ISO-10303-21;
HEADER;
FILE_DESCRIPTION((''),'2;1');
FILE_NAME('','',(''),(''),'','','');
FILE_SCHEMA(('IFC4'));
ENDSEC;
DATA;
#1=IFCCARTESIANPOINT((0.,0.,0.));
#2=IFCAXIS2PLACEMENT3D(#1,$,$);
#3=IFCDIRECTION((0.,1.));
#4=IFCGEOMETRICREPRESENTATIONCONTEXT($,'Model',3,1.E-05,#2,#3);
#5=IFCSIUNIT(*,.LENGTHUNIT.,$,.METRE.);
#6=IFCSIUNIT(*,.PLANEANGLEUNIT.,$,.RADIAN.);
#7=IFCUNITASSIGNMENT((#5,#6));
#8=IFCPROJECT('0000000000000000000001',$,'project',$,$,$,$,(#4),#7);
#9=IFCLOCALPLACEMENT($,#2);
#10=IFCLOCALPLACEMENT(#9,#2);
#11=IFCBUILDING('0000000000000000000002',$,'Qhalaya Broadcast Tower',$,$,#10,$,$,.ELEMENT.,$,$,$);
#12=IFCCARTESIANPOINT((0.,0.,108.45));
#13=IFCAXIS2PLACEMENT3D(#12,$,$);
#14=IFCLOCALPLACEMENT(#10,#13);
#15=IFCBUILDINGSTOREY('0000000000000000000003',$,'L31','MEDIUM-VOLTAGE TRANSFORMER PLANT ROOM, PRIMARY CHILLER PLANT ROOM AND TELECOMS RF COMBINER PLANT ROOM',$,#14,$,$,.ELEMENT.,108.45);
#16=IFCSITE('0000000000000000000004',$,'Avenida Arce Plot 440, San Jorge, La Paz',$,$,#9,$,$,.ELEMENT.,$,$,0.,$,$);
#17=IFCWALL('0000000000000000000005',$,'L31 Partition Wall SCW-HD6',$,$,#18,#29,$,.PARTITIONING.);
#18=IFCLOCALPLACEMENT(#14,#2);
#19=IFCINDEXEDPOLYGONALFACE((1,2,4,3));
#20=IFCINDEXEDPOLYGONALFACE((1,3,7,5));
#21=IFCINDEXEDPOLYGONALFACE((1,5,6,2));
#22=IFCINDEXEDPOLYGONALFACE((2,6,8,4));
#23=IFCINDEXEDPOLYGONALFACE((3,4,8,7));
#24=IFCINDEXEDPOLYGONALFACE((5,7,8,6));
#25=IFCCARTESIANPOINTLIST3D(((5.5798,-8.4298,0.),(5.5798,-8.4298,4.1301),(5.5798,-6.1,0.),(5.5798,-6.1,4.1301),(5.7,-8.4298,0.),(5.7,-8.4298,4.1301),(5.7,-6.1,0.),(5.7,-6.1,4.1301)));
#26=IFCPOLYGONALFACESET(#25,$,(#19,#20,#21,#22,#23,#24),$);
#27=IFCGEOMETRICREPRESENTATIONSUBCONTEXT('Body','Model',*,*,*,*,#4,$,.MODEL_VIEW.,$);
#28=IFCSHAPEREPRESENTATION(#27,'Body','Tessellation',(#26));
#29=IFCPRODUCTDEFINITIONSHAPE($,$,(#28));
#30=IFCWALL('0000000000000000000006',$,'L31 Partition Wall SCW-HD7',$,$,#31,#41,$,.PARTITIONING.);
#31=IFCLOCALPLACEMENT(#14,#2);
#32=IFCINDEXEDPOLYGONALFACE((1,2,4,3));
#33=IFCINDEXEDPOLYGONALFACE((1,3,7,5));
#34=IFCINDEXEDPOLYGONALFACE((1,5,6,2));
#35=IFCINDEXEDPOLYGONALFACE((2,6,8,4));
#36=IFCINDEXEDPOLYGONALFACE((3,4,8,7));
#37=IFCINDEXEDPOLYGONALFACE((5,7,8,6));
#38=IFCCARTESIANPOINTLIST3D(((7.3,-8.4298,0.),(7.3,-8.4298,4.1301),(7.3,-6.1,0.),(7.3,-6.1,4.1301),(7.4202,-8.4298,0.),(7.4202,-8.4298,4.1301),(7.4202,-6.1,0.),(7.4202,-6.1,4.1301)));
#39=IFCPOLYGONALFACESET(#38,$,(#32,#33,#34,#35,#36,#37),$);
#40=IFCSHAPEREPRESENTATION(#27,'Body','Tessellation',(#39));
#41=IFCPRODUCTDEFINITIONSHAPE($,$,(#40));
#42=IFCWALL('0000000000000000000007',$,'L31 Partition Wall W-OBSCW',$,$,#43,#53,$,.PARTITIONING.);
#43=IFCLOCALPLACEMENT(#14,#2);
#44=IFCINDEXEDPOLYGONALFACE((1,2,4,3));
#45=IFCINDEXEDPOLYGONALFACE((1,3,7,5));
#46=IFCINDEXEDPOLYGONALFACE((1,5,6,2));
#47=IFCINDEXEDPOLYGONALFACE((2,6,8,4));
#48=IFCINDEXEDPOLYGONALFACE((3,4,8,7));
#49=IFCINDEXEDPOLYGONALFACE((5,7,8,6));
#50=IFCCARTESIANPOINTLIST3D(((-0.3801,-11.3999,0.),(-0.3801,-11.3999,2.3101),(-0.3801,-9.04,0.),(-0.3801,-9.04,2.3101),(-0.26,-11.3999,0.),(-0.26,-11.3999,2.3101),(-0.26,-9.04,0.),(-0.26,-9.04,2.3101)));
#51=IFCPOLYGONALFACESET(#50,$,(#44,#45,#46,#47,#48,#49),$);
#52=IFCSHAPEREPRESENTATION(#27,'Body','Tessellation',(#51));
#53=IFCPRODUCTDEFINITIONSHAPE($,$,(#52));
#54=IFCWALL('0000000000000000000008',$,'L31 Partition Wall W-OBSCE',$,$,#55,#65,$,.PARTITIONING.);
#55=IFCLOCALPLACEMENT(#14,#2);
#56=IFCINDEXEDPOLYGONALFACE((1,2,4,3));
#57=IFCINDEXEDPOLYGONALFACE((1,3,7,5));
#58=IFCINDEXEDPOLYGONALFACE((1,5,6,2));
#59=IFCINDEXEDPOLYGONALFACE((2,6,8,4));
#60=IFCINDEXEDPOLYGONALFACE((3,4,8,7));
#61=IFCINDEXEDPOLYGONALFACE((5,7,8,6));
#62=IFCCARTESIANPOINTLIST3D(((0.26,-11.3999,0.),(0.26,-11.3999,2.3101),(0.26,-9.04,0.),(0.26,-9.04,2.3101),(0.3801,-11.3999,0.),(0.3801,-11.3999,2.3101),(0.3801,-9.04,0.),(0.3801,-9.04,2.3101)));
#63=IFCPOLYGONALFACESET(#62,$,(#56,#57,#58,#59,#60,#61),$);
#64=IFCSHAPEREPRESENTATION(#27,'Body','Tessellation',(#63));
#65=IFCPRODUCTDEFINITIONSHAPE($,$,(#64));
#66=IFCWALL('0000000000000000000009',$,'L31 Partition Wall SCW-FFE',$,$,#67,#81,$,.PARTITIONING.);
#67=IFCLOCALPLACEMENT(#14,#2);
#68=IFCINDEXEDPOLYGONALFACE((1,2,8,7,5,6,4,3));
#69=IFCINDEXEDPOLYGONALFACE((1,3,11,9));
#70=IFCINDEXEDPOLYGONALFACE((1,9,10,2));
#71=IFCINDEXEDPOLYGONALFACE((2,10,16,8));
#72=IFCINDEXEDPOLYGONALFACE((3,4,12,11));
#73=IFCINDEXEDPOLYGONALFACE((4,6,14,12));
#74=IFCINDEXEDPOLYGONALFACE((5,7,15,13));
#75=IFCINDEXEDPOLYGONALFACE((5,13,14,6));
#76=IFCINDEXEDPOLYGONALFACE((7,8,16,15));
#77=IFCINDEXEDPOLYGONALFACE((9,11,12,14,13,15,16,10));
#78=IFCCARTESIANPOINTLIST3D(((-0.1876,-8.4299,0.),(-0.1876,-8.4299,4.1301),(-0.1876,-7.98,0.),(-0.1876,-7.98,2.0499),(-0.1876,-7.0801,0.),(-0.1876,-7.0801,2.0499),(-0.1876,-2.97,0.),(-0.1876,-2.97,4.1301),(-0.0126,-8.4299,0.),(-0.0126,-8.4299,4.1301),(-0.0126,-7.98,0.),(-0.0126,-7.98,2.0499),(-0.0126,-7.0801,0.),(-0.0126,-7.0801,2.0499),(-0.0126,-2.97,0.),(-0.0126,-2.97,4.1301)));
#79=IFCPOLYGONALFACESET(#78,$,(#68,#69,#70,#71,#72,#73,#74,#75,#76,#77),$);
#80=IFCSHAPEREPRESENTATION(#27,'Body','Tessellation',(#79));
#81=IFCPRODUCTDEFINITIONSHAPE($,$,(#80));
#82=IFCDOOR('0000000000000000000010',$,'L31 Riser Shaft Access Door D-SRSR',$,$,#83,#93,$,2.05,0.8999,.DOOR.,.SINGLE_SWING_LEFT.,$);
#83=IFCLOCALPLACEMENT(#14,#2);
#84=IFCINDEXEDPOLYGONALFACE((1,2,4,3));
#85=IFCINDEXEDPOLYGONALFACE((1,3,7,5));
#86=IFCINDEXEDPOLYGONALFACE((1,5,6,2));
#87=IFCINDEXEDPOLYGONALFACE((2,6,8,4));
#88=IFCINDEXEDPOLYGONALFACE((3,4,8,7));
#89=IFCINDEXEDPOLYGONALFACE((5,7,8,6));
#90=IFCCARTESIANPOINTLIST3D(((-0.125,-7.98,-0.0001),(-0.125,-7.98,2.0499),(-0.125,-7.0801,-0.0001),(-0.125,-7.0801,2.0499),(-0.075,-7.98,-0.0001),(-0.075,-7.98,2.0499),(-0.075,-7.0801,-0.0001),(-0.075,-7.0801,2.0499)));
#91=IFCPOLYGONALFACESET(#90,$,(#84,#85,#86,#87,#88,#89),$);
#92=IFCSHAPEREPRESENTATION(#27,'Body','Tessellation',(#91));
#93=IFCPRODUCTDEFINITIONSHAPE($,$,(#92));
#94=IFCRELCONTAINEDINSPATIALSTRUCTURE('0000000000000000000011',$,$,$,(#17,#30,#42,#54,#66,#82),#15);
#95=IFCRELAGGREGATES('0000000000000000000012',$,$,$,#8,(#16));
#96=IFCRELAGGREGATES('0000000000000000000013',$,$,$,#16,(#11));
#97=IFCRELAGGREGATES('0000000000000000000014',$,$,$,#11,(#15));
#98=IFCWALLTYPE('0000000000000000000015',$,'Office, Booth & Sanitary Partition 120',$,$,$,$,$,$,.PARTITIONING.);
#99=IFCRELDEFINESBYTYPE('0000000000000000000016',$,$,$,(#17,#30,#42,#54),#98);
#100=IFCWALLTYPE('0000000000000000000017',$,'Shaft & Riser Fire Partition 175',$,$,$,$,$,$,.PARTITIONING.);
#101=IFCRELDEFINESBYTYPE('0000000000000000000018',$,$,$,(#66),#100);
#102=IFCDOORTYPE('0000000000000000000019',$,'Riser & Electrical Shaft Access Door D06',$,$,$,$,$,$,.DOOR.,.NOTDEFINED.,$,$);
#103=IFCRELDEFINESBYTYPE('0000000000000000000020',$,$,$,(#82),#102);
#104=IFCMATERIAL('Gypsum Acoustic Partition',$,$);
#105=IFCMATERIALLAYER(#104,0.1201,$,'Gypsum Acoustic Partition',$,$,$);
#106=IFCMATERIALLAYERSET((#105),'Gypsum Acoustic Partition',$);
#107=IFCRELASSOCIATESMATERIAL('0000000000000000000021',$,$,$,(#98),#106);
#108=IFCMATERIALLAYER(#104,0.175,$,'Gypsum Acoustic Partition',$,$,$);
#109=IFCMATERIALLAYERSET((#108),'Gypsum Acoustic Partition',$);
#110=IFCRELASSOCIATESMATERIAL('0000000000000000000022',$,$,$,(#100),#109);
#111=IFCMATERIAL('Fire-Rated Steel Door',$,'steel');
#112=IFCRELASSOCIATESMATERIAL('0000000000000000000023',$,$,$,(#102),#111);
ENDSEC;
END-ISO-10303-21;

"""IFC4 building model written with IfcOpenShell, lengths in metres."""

from ifc_helpers import new_model, si_unit, direction, frame, frame_2d, origin, place, context, subcontext, project, spatial, rectangle, extrude, material, layer, layer_set, type_object, element, fill, save


model = new_model("IFC4")

# Units and contexts
model_context = context("Model", 3, precision=1e-05, world=origin(), true_north=direction((0.0, 1.0)))
body_context = subcontext(model_context, "Body", "Model", "MODEL_VIEW")
ifc_project = project(units=[si_unit("LENGTHUNIT", "METRE"), si_unit("PLANEANGLEUNIT", "RADIAN")], contexts=[model_context])

# Site, building, storey
site_placement = place(None, origin())
site = spatial("IfcSite", under=ifc_project, at=site_placement, Name="Avenida Arce Plot 440, San Jorge, La Paz", CompositionType="ELEMENT", RefElevation=0.0)
building_placement = place(site_placement, origin())
building = spatial("IfcBuilding", under=site, at=building_placement, Name="Qhalaya Broadcast Tower", CompositionType="ELEMENT")
storey_placement = place(building_placement, frame((0.0, 0.0, 108.45)))
storey = spatial("IfcBuildingStorey", under=building, at=storey_placement, Name="L31", Description="MEDIUM-VOLTAGE TRANSFORMER PLANT ROOM, PRIMARY CHILLER PLANT ROOM AND TELECOMS RF COMBINER PLANT ROOM", CompositionType="ELEMENT", Elevation=108.45)

# Walls
ifc_material_1 = material(Name="Gypsum Acoustic Partition")
ifc_layer_1 = layer(ifc_material_1, 0.1201, Name="Gypsum Acoustic Partition")
ifc_layer_set_1 = layer_set([ifc_layer_1], Name="Gypsum Acoustic Partition")
wall_type_1 = type_object("IfcWallType", Name="Office, Booth & Sanitary Partition 120", PredefinedType="PARTITIONING", material=ifc_layer_set_1)
for number, where, z_axis, x_axis, name in (
    (1, (5.6399, -8.4299, 0.0), (0.0, 0.0, 1.0), (0.0, 1.0, 0.0), "L31 Partition Wall SCW-HD6"),
    (2, (7.3601, -8.4299, 0.0), (0.0, 0.0, 1.0), (0.0, 1.0, 0.0), "L31 Partition Wall SCW-HD7"),
):
    element("IfcWall", number, at=place(storey_placement, frame(where, z_axis=z_axis, x_axis=x_axis)), inside=storey, type_object=wall_type_1, Name=name, PredefinedType="PARTITIONING", context=body_context, shape_type="SweptSolid", body=[
        extrude(rectangle(XDim=2.3298, YDim=0.1201, at=frame_2d((1.165, 0.0))), origin(), (0.0, 0.0, 1.0), 4.1301),
    ])
for number, where, z_axis, x_axis, name in (
    (3, (-0.3201, -11.3999, 0.0), (0.0, 0.0, 1.0), (0.0, 1.0, 0.0), "L31 Partition Wall W-OBSCW"),
    (4, (0.3201, -11.3999, 0.0), (0.0, 0.0, 1.0), (0.0, 1.0, 0.0), "L31 Partition Wall W-OBSCE"),
):
    element("IfcWall", number, at=place(storey_placement, frame(where, z_axis=z_axis, x_axis=x_axis)), inside=storey, type_object=wall_type_1, Name=name, PredefinedType="PARTITIONING", context=body_context, shape_type="SweptSolid", body=[
        extrude(rectangle(XDim=2.3599, YDim=0.1201, at=frame_2d((1.1799, 0.0))), origin(), (0.0, 0.0, 1.0), 2.3101),
    ])

# Wall, opening, door
ifc_layer_2 = layer(ifc_material_1, 0.175, Name="Gypsum Acoustic Partition")
ifc_layer_set_2 = layer_set([ifc_layer_2], Name="Gypsum Acoustic Partition")
wall_type_2 = type_object("IfcWallType", Name="Shaft & Riser Fire Partition 175", PredefinedType="PARTITIONING", material=ifc_layer_set_2)
wall_1_placement = place(storey_placement, frame((-0.1001, -8.4299, 0.0), z_axis=(0.0, 0.0, 1.0), x_axis=(0.0, 1.0, 0.0)))
wall_1 = element("IfcWall", 5, at=wall_1_placement, inside=storey, type_object=wall_type_2, Name="L31 Partition Wall SCW-FFE", PredefinedType="PARTITIONING", context=body_context, shape_type="SweptSolid", body=[
    extrude(rectangle(XDim=5.46, YDim=0.175, at=frame_2d((2.73, 0.0))), origin(), (0.0, 0.0, 1.0), 4.1301),
])
opening_1_placement = place(wall_1_placement, frame((0.45, 0.0, 0.0)))
opening_1 = element("IfcOpeningElement", 6, at=opening_1_placement, cuts=wall_1, PredefinedType="OPENING", context=body_context, shape_type="SweptSolid", body=[
    extrude(rectangle(XDim=0.8999, YDim=2.05, at=frame_2d((0.45, 1.0249))), frame((0.0, 0.0996, 0.0), z_axis=(0.0, -1.0, 0.0), x_axis=(1.0, 0.0, 0.0)), (0.0, 0.0, 1.0), 0.199),
])
ifc_material_2 = material(Name="Fire-Rated Steel Door", Category="steel")
door_type_1 = type_object("IfcDoorType", Name="Riser & Electrical Shaft Access Door D06", OperationType="NOTDEFINED", PredefinedType="DOOR", material=ifc_material_2)
door_1_placement = place(opening_1_placement, origin())
door_1 = element("IfcDoor", 7, at=door_1_placement, inside=storey, type_object=door_type_1, Name="L31 Riser Shaft Access Door D-SRSR", OperationType="SINGLE_SWING_LEFT", OverallHeight=2.05, OverallWidth=0.8999, PredefinedType="DOOR", context=body_context, shape_type="SweptSolid", body=[
    extrude(rectangle(XDim=0.8999, YDim=2.05, at=frame_2d((0.45, 1.0249))), frame((0.0, 0.0249, 0.0), z_axis=(0.0, -1.0, 0.0), x_axis=(1.0, 0.0, 0.0)), (0.0, 0.0, 1.0), 0.05),
])
fill(opening_1, door_1)

save(model, "model.ifc")
